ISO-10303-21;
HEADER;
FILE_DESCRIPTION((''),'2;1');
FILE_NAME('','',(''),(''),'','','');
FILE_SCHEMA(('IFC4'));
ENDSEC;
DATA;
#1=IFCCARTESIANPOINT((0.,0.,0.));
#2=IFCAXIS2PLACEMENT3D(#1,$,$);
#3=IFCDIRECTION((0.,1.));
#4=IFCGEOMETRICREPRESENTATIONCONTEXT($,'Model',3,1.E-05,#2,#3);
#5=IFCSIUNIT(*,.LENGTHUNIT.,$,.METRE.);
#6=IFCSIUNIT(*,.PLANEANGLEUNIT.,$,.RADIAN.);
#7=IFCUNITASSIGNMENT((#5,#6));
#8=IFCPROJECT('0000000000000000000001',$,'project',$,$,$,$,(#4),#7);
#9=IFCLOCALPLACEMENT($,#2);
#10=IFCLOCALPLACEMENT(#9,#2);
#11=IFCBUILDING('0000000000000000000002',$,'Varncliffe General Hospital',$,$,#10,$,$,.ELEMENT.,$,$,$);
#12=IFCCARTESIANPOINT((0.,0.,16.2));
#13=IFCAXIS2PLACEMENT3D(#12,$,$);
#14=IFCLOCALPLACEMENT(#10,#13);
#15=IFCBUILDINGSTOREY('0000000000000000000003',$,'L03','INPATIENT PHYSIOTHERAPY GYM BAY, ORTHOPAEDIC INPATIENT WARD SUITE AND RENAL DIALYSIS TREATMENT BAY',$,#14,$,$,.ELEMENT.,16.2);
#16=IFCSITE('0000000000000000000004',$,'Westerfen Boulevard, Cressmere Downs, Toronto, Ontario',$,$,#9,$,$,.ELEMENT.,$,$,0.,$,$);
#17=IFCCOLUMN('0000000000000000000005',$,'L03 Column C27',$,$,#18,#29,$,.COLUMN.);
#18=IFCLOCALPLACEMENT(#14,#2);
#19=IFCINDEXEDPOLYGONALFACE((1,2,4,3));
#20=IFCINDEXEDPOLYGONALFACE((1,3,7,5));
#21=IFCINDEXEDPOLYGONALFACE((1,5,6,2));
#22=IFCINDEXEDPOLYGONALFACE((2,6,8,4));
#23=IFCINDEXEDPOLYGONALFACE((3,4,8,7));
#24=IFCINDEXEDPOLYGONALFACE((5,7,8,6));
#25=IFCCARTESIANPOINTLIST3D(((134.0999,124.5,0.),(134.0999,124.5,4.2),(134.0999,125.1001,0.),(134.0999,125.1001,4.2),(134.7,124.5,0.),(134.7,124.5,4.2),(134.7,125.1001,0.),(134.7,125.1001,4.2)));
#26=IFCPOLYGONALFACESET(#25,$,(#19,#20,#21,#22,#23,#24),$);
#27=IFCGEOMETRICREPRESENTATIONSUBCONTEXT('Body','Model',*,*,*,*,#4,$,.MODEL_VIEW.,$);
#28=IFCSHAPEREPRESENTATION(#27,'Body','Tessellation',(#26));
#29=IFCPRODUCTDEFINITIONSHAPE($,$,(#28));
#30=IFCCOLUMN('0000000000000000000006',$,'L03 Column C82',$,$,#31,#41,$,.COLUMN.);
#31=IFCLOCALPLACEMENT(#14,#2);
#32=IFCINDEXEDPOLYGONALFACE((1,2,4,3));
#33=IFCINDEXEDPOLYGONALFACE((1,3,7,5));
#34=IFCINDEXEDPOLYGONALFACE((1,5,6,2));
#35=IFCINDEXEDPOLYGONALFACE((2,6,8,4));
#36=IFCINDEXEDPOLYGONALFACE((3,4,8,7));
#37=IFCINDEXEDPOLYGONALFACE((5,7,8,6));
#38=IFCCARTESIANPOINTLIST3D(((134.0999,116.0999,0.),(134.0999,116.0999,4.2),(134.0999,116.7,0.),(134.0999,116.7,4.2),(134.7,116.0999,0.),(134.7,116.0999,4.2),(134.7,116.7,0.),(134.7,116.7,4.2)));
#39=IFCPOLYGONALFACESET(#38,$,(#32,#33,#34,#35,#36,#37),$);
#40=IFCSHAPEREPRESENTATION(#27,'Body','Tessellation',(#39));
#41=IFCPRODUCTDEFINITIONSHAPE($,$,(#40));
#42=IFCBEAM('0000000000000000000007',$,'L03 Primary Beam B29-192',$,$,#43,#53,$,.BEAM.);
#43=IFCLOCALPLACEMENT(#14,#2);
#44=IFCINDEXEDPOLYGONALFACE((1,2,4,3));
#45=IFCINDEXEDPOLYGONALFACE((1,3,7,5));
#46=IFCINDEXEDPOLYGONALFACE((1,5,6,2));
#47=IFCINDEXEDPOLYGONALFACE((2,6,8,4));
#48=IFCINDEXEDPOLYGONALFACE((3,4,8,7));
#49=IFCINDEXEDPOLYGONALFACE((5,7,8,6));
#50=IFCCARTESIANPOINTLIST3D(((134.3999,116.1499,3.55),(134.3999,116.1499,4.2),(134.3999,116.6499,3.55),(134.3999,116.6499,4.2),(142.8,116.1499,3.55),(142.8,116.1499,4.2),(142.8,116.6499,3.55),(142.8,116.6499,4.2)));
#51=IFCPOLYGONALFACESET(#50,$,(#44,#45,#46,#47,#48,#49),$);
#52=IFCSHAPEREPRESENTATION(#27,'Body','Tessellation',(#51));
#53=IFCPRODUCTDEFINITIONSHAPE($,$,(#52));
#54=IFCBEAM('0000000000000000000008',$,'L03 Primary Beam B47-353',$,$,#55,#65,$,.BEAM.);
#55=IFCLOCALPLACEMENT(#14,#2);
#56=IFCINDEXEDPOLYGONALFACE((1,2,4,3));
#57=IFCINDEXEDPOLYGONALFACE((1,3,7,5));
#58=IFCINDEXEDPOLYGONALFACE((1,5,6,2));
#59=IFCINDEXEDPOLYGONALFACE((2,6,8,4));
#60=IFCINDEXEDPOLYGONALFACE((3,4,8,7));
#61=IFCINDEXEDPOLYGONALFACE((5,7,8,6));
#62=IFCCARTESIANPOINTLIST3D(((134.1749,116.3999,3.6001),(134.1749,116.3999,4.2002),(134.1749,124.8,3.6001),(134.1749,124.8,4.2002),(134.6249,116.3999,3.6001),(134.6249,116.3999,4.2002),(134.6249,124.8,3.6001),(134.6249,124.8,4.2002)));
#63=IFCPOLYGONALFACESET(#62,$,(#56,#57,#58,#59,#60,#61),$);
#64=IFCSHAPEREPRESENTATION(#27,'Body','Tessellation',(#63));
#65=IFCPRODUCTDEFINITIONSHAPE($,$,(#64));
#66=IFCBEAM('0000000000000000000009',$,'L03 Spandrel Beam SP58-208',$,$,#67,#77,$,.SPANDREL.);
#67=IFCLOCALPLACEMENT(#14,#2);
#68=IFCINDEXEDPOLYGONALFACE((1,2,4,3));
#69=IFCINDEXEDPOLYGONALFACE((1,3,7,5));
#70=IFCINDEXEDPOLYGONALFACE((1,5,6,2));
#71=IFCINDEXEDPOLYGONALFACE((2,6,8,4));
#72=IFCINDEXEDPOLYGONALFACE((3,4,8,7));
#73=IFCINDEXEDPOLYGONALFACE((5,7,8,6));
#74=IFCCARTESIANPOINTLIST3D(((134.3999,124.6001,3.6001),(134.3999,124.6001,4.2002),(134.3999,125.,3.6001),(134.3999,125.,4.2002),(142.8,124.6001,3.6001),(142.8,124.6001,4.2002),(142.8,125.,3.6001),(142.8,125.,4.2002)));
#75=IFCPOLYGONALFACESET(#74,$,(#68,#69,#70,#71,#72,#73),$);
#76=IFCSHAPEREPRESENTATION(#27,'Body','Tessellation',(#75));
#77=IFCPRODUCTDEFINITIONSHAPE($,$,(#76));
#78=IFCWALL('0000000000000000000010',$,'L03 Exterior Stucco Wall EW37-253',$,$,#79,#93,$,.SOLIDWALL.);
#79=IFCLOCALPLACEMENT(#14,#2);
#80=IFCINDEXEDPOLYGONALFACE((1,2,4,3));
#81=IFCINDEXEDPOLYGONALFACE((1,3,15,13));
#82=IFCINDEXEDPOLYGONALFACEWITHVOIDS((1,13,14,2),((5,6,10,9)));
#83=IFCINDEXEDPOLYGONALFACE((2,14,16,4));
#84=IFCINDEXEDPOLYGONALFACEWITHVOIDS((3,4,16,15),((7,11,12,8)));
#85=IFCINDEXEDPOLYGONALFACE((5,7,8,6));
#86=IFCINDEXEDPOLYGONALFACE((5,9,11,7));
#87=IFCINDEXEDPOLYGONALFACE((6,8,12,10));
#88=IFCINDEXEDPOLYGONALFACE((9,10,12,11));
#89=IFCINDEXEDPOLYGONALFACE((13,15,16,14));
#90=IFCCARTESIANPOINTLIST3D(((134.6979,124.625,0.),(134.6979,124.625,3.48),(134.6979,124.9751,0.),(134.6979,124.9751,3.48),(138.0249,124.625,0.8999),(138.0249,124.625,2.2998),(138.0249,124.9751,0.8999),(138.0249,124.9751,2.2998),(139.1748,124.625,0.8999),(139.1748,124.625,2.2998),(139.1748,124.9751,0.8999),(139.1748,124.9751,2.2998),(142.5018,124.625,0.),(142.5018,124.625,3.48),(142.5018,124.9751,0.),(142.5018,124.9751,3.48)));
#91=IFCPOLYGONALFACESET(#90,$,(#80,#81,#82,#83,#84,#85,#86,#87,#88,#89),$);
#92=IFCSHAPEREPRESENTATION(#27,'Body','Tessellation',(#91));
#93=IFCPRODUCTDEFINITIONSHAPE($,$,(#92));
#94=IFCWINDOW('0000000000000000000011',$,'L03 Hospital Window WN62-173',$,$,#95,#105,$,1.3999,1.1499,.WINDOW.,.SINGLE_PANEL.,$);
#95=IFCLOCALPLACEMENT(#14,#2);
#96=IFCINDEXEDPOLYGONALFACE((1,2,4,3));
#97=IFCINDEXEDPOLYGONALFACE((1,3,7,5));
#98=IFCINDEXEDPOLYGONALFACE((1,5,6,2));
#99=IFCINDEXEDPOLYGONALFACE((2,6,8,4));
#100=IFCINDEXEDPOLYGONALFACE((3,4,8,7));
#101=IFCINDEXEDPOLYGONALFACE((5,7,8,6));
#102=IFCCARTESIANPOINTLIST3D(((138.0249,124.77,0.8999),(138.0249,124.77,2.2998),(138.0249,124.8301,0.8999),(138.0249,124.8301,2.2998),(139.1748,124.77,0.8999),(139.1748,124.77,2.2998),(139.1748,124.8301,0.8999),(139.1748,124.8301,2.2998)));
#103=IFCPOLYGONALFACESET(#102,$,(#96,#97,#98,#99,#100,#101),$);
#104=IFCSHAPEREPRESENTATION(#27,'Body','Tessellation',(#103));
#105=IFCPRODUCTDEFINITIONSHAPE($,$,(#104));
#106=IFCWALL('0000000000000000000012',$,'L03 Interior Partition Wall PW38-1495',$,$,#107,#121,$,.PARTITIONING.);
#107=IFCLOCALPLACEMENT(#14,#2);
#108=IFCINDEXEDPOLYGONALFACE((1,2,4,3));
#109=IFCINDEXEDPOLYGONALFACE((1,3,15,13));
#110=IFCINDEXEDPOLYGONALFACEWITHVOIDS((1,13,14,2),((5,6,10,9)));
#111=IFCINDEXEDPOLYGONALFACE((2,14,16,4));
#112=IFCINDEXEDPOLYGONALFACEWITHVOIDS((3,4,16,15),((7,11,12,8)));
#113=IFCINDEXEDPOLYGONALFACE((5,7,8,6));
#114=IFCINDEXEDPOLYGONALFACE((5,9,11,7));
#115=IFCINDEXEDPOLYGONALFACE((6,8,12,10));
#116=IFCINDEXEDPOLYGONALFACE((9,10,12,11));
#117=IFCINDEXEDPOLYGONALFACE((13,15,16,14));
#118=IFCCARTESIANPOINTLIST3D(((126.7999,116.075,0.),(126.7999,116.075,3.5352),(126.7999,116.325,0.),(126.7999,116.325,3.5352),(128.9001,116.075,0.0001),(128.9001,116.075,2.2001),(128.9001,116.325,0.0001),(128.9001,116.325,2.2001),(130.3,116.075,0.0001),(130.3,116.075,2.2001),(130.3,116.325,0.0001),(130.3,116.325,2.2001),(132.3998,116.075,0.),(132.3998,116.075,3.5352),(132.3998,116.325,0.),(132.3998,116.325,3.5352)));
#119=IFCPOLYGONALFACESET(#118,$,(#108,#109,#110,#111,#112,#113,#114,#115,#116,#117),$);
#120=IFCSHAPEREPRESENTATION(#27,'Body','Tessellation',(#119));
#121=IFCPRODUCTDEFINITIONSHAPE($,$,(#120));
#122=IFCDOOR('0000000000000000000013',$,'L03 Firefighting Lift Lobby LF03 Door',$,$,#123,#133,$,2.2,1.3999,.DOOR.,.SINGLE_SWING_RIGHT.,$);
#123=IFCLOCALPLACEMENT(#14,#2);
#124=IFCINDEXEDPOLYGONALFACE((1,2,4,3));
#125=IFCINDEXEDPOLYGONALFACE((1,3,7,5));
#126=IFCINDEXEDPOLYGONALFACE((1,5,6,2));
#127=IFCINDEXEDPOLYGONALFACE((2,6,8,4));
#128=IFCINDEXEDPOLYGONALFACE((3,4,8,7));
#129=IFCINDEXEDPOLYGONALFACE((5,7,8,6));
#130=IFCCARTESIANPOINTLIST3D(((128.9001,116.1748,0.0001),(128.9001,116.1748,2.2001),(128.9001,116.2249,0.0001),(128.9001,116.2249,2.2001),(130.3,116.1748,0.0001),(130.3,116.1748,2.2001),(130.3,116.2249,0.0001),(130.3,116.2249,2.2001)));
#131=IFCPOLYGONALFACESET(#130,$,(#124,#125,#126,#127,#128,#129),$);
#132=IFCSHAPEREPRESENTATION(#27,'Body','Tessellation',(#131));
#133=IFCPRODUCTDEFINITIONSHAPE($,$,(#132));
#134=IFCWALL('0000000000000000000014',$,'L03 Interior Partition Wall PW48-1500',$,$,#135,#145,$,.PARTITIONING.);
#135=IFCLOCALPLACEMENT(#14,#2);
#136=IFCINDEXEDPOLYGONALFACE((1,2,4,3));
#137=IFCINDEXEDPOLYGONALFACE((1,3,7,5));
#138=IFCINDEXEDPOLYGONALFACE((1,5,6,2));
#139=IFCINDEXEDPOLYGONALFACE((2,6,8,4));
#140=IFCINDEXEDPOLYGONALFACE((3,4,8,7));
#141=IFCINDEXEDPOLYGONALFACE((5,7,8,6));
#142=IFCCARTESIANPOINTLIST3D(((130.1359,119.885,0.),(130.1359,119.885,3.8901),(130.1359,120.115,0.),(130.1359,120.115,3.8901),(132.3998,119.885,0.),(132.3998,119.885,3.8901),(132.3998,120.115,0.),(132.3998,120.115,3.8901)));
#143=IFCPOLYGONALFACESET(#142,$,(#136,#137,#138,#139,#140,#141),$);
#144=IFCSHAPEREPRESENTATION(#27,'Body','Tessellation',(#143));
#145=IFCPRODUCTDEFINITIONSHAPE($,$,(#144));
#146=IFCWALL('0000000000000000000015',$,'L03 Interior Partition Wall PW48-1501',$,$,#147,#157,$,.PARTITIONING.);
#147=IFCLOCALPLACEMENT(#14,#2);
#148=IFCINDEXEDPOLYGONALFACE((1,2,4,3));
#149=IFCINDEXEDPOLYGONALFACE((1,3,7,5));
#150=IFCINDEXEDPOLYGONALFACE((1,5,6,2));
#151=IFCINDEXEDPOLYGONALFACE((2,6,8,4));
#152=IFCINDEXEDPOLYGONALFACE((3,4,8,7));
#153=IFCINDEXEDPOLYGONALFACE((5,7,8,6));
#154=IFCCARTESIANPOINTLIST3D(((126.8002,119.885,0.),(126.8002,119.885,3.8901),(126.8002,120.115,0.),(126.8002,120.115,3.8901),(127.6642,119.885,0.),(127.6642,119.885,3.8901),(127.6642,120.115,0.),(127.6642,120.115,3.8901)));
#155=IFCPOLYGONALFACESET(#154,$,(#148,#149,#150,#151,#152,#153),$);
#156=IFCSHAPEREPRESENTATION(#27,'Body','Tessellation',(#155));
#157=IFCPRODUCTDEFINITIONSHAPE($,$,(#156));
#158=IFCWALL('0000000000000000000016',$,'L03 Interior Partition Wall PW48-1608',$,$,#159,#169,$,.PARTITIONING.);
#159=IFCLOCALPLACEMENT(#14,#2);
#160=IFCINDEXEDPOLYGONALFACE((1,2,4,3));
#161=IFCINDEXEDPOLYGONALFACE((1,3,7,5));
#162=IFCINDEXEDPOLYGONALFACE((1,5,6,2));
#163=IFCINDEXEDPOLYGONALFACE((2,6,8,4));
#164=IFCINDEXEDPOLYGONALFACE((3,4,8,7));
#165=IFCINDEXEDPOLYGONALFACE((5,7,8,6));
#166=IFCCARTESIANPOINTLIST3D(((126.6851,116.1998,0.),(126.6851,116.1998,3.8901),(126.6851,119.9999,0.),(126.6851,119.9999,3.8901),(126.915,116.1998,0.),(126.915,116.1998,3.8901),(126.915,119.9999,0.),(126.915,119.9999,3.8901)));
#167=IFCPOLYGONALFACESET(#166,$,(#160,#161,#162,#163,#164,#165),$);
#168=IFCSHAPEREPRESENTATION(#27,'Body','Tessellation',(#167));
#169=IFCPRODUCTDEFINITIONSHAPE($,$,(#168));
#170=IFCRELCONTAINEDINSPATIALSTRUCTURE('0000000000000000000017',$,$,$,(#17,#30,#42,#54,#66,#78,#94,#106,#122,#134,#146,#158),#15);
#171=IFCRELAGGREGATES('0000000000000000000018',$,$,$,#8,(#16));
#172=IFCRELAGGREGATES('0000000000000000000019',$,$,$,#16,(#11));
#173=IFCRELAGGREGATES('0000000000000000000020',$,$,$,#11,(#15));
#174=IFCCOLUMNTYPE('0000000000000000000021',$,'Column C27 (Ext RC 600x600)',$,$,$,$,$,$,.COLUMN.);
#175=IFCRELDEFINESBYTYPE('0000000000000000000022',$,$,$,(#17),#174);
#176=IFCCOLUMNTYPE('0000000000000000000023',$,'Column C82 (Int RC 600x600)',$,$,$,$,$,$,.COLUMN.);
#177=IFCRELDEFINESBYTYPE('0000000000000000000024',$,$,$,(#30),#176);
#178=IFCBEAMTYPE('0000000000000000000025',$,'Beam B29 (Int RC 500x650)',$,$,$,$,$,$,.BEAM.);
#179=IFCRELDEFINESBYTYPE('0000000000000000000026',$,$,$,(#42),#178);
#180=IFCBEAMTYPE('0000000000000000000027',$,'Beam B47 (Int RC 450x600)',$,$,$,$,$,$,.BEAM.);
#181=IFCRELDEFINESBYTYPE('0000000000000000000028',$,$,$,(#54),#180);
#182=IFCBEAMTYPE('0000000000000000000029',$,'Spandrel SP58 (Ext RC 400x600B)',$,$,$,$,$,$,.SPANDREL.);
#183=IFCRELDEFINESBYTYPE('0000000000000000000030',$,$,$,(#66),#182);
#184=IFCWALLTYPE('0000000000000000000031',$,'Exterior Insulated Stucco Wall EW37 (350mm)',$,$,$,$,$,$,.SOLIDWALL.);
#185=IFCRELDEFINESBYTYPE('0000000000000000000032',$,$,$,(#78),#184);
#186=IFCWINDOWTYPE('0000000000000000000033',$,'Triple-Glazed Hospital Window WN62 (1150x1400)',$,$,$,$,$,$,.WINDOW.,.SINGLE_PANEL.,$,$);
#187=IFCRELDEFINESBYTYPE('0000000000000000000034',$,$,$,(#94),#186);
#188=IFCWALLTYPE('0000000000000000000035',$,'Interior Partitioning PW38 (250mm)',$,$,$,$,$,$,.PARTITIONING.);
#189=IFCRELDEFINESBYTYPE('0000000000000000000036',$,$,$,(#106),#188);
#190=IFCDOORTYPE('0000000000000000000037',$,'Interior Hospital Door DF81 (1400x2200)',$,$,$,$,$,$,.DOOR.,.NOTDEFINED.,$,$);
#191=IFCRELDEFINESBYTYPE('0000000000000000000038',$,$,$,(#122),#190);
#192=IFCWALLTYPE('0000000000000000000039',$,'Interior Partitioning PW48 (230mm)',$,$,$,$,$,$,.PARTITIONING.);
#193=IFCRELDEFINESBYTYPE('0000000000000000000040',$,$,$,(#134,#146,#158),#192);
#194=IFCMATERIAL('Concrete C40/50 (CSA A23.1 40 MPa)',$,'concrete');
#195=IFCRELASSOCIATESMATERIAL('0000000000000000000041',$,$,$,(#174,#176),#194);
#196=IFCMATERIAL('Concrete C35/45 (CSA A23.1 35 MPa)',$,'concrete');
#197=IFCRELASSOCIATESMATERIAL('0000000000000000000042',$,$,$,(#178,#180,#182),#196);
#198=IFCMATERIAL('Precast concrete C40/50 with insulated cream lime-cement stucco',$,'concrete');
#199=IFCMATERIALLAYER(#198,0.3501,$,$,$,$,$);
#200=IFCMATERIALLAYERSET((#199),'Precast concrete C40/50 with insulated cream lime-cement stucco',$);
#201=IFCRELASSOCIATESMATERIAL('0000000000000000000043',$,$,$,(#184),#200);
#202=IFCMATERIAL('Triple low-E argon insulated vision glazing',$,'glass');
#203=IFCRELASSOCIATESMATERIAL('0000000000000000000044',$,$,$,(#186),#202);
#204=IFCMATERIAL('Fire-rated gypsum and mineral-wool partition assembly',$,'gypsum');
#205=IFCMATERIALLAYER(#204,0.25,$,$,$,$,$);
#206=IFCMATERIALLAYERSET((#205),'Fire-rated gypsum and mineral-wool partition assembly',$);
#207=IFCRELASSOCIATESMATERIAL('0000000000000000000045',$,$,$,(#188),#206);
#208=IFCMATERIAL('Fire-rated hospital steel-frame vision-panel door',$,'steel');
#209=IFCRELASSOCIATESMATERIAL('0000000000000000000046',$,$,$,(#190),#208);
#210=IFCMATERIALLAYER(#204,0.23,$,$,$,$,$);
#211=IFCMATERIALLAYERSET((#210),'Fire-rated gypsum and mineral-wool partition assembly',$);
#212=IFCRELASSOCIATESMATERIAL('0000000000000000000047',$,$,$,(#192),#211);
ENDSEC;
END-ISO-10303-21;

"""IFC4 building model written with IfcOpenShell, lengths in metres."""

from ifc_helpers import new_model, si_unit, direction, frame, frame_2d, origin, origin_2d, place, context, subcontext, project, spatial, rectangle, extrude, material, layer, layer_set, material_profile, profile_set, type_object, element, fill, save


model = new_model("IFC4")

# Units and contexts
model_context = context("Model", 3, precision=1e-05, world=origin(), true_north=direction((0.0, 1.0)))
body_context = subcontext(model_context, "Body", "Model", "MODEL_VIEW")
ifc_project = project(units=[si_unit("LENGTHUNIT", "METRE"), si_unit("PLANEANGLEUNIT", "RADIAN")], contexts=[model_context])

# Site, building, storey
site_placement = place(None, origin())
site = spatial("IfcSite", under=ifc_project, at=site_placement, Name="Westerfen Boulevard, Cressmere Downs, Toronto, Ontario", CompositionType="ELEMENT", RefElevation=0.0)
building_placement = place(site_placement, origin())
building = spatial("IfcBuilding", under=site, at=building_placement, Name="Varncliffe General Hospital", CompositionType="ELEMENT")
storey_placement = place(building_placement, frame((0.0, 0.0, 16.2)))
storey = spatial("IfcBuildingStorey", under=building, at=storey_placement, Name="L03", Description="INPATIENT PHYSIOTHERAPY GYM BAY, ORTHOPAEDIC INPATIENT WARD SUITE AND RENAL DIALYSIS TREATMENT BAY", CompositionType="ELEMENT", Elevation=16.2)

# Columns
ifc_material_1 = material(Name="Concrete C40/50 (CSA A23.1 40 MPa)", Category="concrete")
ifc_material_profile_1 = material_profile(ifc_material_1, rectangle(XDim=0.6001, YDim=0.6001, at=origin_2d()), Name="RC 600x600")
ifc_profile_set_1 = profile_set([ifc_material_profile_1], Name="Concrete C40/50 (CSA A23.1 40 MPa)")
column_type_1 = type_object("IfcColumnType", Name="Column C27 (Ext RC 600x600)", PredefinedType="COLUMN", material=ifc_profile_set_1)
column_1_placement = place(storey_placement, frame((134.3999, 124.8, 0.0), z_axis=(0.0, 0.0, 1.0), x_axis=(1.0, 0.0, 0.0)))
element("IfcColumn", 1, at=column_1_placement, inside=storey, type_object=column_type_1, Name="L03 Column C27", PredefinedType="COLUMN", context=body_context, shape_type="SweptSolid", body=[
    extrude(rectangle(XDim=0.6001, YDim=0.6001, at=origin_2d()), origin(), (0.0, 0.0, 1.0), 4.2),
])
ifc_material_profile_2 = material_profile(ifc_material_1, rectangle(XDim=0.6001, YDim=0.6001, at=origin_2d()), Name="RC 600x600")
ifc_profile_set_2 = profile_set([ifc_material_profile_2], Name="Concrete C40/50 (CSA A23.1 40 MPa)")
column_type_2 = type_object("IfcColumnType", Name="Column C82 (Int RC 600x600)", PredefinedType="COLUMN", material=ifc_profile_set_2)
column_2_placement = place(storey_placement, frame((134.3999, 116.3999, 0.0), z_axis=(0.0, 0.0, 1.0), x_axis=(1.0, 0.0, 0.0)))
element("IfcColumn", 2, at=column_2_placement, inside=storey, type_object=column_type_2, Name="L03 Column C82", PredefinedType="COLUMN", context=body_context, shape_type="SweptSolid", body=[
    extrude(rectangle(XDim=0.6001, YDim=0.6001, at=origin_2d()), origin(), (0.0, 0.0, 1.0), 4.2),
])

# Beams
ifc_material_2 = material(Name="Concrete C35/45 (CSA A23.1 35 MPa)", Category="concrete")
ifc_material_profile_3 = material_profile(ifc_material_2, rectangle(XDim=0.5, YDim=0.6499, at=origin_2d()), Name="RC 500x650")
ifc_profile_set_3 = profile_set([ifc_material_profile_3], Name="Concrete C35/45 (CSA A23.1 35 MPa)")
beam_type_1 = type_object("IfcBeamType", Name="Beam B29 (Int RC 500x650)", PredefinedType="BEAM", material=ifc_profile_set_3)
beam_1_placement = place(storey_placement, frame((134.3999, 116.3999, 3.875), z_axis=(1.0, 0.0, 0.0), x_axis=(0.0, 1.0, 0.0)))
element("IfcBeam", 3, at=beam_1_placement, inside=storey, type_object=beam_type_1, Name="L03 Primary Beam B29-192", PredefinedType="BEAM", context=body_context, shape_type="SweptSolid", body=[
    extrude(rectangle(XDim=0.5, YDim=0.6499, at=origin_2d()), origin(), (0.0, 0.0, 1.0), 8.4001),
])
ifc_material_profile_4 = material_profile(ifc_material_2, rectangle(XDim=0.45, YDim=0.6001, at=origin_2d()), Name="RC 450x600")
ifc_profile_set_4 = profile_set([ifc_material_profile_4], Name="Concrete C35/45 (CSA A23.1 35 MPa)")
beam_type_2 = type_object("IfcBeamType", Name="Beam B47 (Int RC 450x600)", PredefinedType="BEAM", material=ifc_profile_set_4)
beam_2_placement = place(storey_placement, frame((134.3999, 116.3999, 3.9001), z_axis=(0.0, 1.0, 0.0), x_axis=(-1.0, 0.0, 0.0)))
element("IfcBeam", 4, at=beam_2_placement, inside=storey, type_object=beam_type_2, Name="L03 Primary Beam B47-353", PredefinedType="BEAM", context=body_context, shape_type="SweptSolid", body=[
    extrude(rectangle(XDim=0.45, YDim=0.6001, at=origin_2d()), origin(), (0.0, 0.0, 1.0), 8.4001),
])
ifc_material_profile_5 = material_profile(ifc_material_2, rectangle(XDim=0.3999, YDim=0.6001, at=origin_2d()), Name="RC 400x600")
ifc_profile_set_5 = profile_set([ifc_material_profile_5], Name="Concrete C35/45 (CSA A23.1 35 MPa)")
beam_type_3 = type_object("IfcBeamType", Name="Spandrel SP58 (Ext RC 400x600B)", PredefinedType="SPANDREL", material=ifc_profile_set_5)
beam_3_placement = place(storey_placement, frame((134.3999, 124.8, 3.9001), z_axis=(1.0, 0.0, 0.0), x_axis=(0.0, 1.0, 0.0)))
element("IfcBeam", 5, at=beam_3_placement, inside=storey, type_object=beam_type_3, Name="L03 Spandrel Beam SP58-208", PredefinedType="SPANDREL", context=body_context, shape_type="SweptSolid", body=[
    extrude(rectangle(XDim=0.3999, YDim=0.6001, at=origin_2d()), origin(), (0.0, 0.0, 1.0), 8.4001),
])

# Wall, opening, window
ifc_material_3 = material(Name="Precast concrete C40/50 with insulated cream lime-cement stucco", Category="concrete")
ifc_layer_1 = layer(ifc_material_3, 0.3501)
ifc_layer_set_1 = layer_set([ifc_layer_1], Name="Precast concrete C40/50 with insulated cream lime-cement stucco")
wall_type_1 = type_object("IfcWallType", Name="Exterior Insulated Stucco Wall EW37 (350mm)", PredefinedType="SOLIDWALL", material=ifc_layer_set_1)
wall_1_placement = place(storey_placement, frame((134.698, 124.8, 0.0), z_axis=(0.0, 0.0, 1.0), x_axis=(1.0, 0.0, 0.0)))
wall_1 = element("IfcWall", 6, at=wall_1_placement, inside=storey, type_object=wall_type_1, Name="L03 Exterior Stucco Wall EW37-253", PredefinedType="SOLIDWALL", context=body_context, shape_type="SweptSolid", body=[
    extrude(rectangle(XDim=7.804, YDim=0.3501, at=frame_2d((3.9019, 0.0))), origin(), (0.0, 0.0, 1.0), 3.48),
])
opening_1_placement = place(wall_1_placement, frame((3.3269, 0.0, 0.8999)))
opening_1 = element("IfcOpeningElement", 7, at=opening_1_placement, cuts=wall_1, PredefinedType="OPENING", context=body_context, shape_type="SweptSolid", body=[
    extrude(rectangle(XDim=1.1499, YDim=1.3999, at=frame_2d((0.575, 0.7))), frame((0.0, 0.1851, 0.0), z_axis=(0.0, -1.0, 0.0), x_axis=(1.0, 0.0, 0.0)), (0.0, 0.0, 1.0), 0.3701),
])
ifc_material_4 = material(Name="Triple low-E argon insulated vision glazing", Category="glass")
window_type = type_object("IfcWindowType", Name="Triple-Glazed Hospital Window WN62 (1150x1400)", PartitioningType="SINGLE_PANEL", PredefinedType="WINDOW", material=ifc_material_4)
window_placement = place(opening_1_placement, origin())
window = element("IfcWindow", 8, at=window_placement, inside=storey, type_object=window_type, Name="L03 Hospital Window WN62-173", OverallHeight=1.3999, OverallWidth=1.1499, PartitioningType="SINGLE_PANEL", PredefinedType="WINDOW", context=body_context, shape_type="SweptSolid", body=[
    extrude(rectangle(XDim=1.1499, YDim=1.3999, at=frame_2d((0.575, 0.7))), frame((0.0, 0.03, 0.0), z_axis=(0.0, -1.0, 0.0), x_axis=(1.0, 0.0, 0.0)), (0.0, 0.0, 1.0), 0.0601),
])
fill(opening_1, window)

# Wall, opening, door
ifc_material_5 = material(Name="Fire-rated gypsum and mineral-wool partition assembly", Category="gypsum")
ifc_layer_2 = layer(ifc_material_5, 0.25)
ifc_layer_set_2 = layer_set([ifc_layer_2], Name="Fire-rated gypsum and mineral-wool partition assembly")
wall_type_2 = type_object("IfcWallType", Name="Interior Partitioning PW38 (250mm)", PredefinedType="PARTITIONING", material=ifc_layer_set_2)
wall_2_placement = place(storey_placement, frame((126.8, 116.2, 0.0), z_axis=(0.0, 0.0, 1.0), x_axis=(1.0, 0.0, 0.0)))
wall_2 = element("IfcWall", 9, at=wall_2_placement, inside=storey, type_object=wall_type_2, Name="L03 Interior Partition Wall PW38-1495", PredefinedType="PARTITIONING", context=body_context, shape_type="SweptSolid", body=[
    extrude(rectangle(XDim=5.5999, YDim=0.25, at=frame_2d((2.7998, 0.0))), origin(), (0.0, 0.0, 1.0), 3.5352),
])
opening_2_placement = place(wall_2_placement, frame((2.1001, 0.0, 0.0)))
opening_2 = element("IfcOpeningElement", 10, at=opening_2_placement, cuts=wall_2, PredefinedType="OPENING", context=body_context, shape_type="SweptSolid", body=[
    extrude(rectangle(XDim=1.3999, YDim=2.2, at=frame_2d((0.7, 1.1001))), frame((0.0, 0.135, 0.0), z_axis=(0.0, -1.0, 0.0), x_axis=(1.0, 0.0, 0.0)), (0.0, 0.0, 1.0), 0.27),
])
ifc_material_6 = material(Name="Fire-rated hospital steel-frame vision-panel door", Category="steel")
door_type_1 = type_object("IfcDoorType", Name="Interior Hospital Door DF81 (1400x2200)", OperationType="NOTDEFINED", PredefinedType="DOOR", material=ifc_material_6)
door_1_placement = place(opening_2_placement, origin())
door_1 = element("IfcDoor", 11, at=door_1_placement, inside=storey, type_object=door_type_1, Name="L03 Firefighting Lift Lobby LF03 Door", OperationType="SINGLE_SWING_RIGHT", OverallHeight=2.2, OverallWidth=1.3999, PredefinedType="DOOR", context=body_context, shape_type="SweptSolid", body=[
    extrude(rectangle(XDim=1.3999, YDim=2.2, at=frame_2d((0.7, 1.1001))), frame((0.0, 0.0249, 0.0), z_axis=(0.0, -1.0, 0.0), x_axis=(1.0, 0.0, 0.0)), (0.0, 0.0, 1.0), 0.05),
])
fill(opening_2, door_1)

# Walls
ifc_layer_3 = layer(ifc_material_5, 0.23)
ifc_layer_set_3 = layer_set([ifc_layer_3], Name="Fire-rated gypsum and mineral-wool partition assembly")
wall_type_3 = type_object("IfcWallType", Name="Interior Partitioning PW48 (230mm)", PredefinedType="PARTITIONING", material=ifc_layer_set_3)
wall_3_placement = place(storey_placement, frame((130.136, 120.0, 0.0), z_axis=(0.0, 0.0, 1.0), x_axis=(1.0, 0.0, 0.0)))
element("IfcWall", 12, at=wall_3_placement, inside=storey, type_object=wall_type_3, Name="L03 Interior Partition Wall PW48-1500", PredefinedType="PARTITIONING", context=body_context, shape_type="SweptSolid", body=[
    extrude(rectangle(XDim=2.2639, YDim=0.23, at=frame_2d((1.1318, 0.0))), origin(), (0.0, 0.0, 1.0), 3.8901),
])
wall_4_placement = place(storey_placement, frame((126.8, 120.0, 0.0), z_axis=(0.0, 0.0, 1.0), x_axis=(1.0, 0.0, 0.0)))
element("IfcWall", 13, at=wall_4_placement, inside=storey, type_object=wall_type_3, Name="L03 Interior Partition Wall PW48-1501", PredefinedType="PARTITIONING", context=body_context, shape_type="SweptSolid", body=[
    extrude(rectangle(XDim=0.864, YDim=0.23, at=frame_2d((0.4321, 0.0))), origin(), (0.0, 0.0, 1.0), 3.8901),
])
for number, where, z_axis, x_axis, name in (
    (14, (126.8, 116.2, 0.0), (0.0, 0.0, 1.0), (0.0, 1.0, 0.0), "L03 Interior Partition Wall PW48-1608"),
):
    element("IfcWall", number, at=place(storey_placement, frame(where, z_axis=z_axis, x_axis=x_axis)), inside=storey, type_object=wall_type_3, Name=name, PredefinedType="PARTITIONING", context=body_context, shape_type="SweptSolid", body=[
        extrude(rectangle(XDim=3.8, YDim=0.23, at=frame_2d((1.8999, 0.0))), origin(), (0.0, 0.0, 1.0), 3.8901),
    ])

save(model, "model.ifc")
